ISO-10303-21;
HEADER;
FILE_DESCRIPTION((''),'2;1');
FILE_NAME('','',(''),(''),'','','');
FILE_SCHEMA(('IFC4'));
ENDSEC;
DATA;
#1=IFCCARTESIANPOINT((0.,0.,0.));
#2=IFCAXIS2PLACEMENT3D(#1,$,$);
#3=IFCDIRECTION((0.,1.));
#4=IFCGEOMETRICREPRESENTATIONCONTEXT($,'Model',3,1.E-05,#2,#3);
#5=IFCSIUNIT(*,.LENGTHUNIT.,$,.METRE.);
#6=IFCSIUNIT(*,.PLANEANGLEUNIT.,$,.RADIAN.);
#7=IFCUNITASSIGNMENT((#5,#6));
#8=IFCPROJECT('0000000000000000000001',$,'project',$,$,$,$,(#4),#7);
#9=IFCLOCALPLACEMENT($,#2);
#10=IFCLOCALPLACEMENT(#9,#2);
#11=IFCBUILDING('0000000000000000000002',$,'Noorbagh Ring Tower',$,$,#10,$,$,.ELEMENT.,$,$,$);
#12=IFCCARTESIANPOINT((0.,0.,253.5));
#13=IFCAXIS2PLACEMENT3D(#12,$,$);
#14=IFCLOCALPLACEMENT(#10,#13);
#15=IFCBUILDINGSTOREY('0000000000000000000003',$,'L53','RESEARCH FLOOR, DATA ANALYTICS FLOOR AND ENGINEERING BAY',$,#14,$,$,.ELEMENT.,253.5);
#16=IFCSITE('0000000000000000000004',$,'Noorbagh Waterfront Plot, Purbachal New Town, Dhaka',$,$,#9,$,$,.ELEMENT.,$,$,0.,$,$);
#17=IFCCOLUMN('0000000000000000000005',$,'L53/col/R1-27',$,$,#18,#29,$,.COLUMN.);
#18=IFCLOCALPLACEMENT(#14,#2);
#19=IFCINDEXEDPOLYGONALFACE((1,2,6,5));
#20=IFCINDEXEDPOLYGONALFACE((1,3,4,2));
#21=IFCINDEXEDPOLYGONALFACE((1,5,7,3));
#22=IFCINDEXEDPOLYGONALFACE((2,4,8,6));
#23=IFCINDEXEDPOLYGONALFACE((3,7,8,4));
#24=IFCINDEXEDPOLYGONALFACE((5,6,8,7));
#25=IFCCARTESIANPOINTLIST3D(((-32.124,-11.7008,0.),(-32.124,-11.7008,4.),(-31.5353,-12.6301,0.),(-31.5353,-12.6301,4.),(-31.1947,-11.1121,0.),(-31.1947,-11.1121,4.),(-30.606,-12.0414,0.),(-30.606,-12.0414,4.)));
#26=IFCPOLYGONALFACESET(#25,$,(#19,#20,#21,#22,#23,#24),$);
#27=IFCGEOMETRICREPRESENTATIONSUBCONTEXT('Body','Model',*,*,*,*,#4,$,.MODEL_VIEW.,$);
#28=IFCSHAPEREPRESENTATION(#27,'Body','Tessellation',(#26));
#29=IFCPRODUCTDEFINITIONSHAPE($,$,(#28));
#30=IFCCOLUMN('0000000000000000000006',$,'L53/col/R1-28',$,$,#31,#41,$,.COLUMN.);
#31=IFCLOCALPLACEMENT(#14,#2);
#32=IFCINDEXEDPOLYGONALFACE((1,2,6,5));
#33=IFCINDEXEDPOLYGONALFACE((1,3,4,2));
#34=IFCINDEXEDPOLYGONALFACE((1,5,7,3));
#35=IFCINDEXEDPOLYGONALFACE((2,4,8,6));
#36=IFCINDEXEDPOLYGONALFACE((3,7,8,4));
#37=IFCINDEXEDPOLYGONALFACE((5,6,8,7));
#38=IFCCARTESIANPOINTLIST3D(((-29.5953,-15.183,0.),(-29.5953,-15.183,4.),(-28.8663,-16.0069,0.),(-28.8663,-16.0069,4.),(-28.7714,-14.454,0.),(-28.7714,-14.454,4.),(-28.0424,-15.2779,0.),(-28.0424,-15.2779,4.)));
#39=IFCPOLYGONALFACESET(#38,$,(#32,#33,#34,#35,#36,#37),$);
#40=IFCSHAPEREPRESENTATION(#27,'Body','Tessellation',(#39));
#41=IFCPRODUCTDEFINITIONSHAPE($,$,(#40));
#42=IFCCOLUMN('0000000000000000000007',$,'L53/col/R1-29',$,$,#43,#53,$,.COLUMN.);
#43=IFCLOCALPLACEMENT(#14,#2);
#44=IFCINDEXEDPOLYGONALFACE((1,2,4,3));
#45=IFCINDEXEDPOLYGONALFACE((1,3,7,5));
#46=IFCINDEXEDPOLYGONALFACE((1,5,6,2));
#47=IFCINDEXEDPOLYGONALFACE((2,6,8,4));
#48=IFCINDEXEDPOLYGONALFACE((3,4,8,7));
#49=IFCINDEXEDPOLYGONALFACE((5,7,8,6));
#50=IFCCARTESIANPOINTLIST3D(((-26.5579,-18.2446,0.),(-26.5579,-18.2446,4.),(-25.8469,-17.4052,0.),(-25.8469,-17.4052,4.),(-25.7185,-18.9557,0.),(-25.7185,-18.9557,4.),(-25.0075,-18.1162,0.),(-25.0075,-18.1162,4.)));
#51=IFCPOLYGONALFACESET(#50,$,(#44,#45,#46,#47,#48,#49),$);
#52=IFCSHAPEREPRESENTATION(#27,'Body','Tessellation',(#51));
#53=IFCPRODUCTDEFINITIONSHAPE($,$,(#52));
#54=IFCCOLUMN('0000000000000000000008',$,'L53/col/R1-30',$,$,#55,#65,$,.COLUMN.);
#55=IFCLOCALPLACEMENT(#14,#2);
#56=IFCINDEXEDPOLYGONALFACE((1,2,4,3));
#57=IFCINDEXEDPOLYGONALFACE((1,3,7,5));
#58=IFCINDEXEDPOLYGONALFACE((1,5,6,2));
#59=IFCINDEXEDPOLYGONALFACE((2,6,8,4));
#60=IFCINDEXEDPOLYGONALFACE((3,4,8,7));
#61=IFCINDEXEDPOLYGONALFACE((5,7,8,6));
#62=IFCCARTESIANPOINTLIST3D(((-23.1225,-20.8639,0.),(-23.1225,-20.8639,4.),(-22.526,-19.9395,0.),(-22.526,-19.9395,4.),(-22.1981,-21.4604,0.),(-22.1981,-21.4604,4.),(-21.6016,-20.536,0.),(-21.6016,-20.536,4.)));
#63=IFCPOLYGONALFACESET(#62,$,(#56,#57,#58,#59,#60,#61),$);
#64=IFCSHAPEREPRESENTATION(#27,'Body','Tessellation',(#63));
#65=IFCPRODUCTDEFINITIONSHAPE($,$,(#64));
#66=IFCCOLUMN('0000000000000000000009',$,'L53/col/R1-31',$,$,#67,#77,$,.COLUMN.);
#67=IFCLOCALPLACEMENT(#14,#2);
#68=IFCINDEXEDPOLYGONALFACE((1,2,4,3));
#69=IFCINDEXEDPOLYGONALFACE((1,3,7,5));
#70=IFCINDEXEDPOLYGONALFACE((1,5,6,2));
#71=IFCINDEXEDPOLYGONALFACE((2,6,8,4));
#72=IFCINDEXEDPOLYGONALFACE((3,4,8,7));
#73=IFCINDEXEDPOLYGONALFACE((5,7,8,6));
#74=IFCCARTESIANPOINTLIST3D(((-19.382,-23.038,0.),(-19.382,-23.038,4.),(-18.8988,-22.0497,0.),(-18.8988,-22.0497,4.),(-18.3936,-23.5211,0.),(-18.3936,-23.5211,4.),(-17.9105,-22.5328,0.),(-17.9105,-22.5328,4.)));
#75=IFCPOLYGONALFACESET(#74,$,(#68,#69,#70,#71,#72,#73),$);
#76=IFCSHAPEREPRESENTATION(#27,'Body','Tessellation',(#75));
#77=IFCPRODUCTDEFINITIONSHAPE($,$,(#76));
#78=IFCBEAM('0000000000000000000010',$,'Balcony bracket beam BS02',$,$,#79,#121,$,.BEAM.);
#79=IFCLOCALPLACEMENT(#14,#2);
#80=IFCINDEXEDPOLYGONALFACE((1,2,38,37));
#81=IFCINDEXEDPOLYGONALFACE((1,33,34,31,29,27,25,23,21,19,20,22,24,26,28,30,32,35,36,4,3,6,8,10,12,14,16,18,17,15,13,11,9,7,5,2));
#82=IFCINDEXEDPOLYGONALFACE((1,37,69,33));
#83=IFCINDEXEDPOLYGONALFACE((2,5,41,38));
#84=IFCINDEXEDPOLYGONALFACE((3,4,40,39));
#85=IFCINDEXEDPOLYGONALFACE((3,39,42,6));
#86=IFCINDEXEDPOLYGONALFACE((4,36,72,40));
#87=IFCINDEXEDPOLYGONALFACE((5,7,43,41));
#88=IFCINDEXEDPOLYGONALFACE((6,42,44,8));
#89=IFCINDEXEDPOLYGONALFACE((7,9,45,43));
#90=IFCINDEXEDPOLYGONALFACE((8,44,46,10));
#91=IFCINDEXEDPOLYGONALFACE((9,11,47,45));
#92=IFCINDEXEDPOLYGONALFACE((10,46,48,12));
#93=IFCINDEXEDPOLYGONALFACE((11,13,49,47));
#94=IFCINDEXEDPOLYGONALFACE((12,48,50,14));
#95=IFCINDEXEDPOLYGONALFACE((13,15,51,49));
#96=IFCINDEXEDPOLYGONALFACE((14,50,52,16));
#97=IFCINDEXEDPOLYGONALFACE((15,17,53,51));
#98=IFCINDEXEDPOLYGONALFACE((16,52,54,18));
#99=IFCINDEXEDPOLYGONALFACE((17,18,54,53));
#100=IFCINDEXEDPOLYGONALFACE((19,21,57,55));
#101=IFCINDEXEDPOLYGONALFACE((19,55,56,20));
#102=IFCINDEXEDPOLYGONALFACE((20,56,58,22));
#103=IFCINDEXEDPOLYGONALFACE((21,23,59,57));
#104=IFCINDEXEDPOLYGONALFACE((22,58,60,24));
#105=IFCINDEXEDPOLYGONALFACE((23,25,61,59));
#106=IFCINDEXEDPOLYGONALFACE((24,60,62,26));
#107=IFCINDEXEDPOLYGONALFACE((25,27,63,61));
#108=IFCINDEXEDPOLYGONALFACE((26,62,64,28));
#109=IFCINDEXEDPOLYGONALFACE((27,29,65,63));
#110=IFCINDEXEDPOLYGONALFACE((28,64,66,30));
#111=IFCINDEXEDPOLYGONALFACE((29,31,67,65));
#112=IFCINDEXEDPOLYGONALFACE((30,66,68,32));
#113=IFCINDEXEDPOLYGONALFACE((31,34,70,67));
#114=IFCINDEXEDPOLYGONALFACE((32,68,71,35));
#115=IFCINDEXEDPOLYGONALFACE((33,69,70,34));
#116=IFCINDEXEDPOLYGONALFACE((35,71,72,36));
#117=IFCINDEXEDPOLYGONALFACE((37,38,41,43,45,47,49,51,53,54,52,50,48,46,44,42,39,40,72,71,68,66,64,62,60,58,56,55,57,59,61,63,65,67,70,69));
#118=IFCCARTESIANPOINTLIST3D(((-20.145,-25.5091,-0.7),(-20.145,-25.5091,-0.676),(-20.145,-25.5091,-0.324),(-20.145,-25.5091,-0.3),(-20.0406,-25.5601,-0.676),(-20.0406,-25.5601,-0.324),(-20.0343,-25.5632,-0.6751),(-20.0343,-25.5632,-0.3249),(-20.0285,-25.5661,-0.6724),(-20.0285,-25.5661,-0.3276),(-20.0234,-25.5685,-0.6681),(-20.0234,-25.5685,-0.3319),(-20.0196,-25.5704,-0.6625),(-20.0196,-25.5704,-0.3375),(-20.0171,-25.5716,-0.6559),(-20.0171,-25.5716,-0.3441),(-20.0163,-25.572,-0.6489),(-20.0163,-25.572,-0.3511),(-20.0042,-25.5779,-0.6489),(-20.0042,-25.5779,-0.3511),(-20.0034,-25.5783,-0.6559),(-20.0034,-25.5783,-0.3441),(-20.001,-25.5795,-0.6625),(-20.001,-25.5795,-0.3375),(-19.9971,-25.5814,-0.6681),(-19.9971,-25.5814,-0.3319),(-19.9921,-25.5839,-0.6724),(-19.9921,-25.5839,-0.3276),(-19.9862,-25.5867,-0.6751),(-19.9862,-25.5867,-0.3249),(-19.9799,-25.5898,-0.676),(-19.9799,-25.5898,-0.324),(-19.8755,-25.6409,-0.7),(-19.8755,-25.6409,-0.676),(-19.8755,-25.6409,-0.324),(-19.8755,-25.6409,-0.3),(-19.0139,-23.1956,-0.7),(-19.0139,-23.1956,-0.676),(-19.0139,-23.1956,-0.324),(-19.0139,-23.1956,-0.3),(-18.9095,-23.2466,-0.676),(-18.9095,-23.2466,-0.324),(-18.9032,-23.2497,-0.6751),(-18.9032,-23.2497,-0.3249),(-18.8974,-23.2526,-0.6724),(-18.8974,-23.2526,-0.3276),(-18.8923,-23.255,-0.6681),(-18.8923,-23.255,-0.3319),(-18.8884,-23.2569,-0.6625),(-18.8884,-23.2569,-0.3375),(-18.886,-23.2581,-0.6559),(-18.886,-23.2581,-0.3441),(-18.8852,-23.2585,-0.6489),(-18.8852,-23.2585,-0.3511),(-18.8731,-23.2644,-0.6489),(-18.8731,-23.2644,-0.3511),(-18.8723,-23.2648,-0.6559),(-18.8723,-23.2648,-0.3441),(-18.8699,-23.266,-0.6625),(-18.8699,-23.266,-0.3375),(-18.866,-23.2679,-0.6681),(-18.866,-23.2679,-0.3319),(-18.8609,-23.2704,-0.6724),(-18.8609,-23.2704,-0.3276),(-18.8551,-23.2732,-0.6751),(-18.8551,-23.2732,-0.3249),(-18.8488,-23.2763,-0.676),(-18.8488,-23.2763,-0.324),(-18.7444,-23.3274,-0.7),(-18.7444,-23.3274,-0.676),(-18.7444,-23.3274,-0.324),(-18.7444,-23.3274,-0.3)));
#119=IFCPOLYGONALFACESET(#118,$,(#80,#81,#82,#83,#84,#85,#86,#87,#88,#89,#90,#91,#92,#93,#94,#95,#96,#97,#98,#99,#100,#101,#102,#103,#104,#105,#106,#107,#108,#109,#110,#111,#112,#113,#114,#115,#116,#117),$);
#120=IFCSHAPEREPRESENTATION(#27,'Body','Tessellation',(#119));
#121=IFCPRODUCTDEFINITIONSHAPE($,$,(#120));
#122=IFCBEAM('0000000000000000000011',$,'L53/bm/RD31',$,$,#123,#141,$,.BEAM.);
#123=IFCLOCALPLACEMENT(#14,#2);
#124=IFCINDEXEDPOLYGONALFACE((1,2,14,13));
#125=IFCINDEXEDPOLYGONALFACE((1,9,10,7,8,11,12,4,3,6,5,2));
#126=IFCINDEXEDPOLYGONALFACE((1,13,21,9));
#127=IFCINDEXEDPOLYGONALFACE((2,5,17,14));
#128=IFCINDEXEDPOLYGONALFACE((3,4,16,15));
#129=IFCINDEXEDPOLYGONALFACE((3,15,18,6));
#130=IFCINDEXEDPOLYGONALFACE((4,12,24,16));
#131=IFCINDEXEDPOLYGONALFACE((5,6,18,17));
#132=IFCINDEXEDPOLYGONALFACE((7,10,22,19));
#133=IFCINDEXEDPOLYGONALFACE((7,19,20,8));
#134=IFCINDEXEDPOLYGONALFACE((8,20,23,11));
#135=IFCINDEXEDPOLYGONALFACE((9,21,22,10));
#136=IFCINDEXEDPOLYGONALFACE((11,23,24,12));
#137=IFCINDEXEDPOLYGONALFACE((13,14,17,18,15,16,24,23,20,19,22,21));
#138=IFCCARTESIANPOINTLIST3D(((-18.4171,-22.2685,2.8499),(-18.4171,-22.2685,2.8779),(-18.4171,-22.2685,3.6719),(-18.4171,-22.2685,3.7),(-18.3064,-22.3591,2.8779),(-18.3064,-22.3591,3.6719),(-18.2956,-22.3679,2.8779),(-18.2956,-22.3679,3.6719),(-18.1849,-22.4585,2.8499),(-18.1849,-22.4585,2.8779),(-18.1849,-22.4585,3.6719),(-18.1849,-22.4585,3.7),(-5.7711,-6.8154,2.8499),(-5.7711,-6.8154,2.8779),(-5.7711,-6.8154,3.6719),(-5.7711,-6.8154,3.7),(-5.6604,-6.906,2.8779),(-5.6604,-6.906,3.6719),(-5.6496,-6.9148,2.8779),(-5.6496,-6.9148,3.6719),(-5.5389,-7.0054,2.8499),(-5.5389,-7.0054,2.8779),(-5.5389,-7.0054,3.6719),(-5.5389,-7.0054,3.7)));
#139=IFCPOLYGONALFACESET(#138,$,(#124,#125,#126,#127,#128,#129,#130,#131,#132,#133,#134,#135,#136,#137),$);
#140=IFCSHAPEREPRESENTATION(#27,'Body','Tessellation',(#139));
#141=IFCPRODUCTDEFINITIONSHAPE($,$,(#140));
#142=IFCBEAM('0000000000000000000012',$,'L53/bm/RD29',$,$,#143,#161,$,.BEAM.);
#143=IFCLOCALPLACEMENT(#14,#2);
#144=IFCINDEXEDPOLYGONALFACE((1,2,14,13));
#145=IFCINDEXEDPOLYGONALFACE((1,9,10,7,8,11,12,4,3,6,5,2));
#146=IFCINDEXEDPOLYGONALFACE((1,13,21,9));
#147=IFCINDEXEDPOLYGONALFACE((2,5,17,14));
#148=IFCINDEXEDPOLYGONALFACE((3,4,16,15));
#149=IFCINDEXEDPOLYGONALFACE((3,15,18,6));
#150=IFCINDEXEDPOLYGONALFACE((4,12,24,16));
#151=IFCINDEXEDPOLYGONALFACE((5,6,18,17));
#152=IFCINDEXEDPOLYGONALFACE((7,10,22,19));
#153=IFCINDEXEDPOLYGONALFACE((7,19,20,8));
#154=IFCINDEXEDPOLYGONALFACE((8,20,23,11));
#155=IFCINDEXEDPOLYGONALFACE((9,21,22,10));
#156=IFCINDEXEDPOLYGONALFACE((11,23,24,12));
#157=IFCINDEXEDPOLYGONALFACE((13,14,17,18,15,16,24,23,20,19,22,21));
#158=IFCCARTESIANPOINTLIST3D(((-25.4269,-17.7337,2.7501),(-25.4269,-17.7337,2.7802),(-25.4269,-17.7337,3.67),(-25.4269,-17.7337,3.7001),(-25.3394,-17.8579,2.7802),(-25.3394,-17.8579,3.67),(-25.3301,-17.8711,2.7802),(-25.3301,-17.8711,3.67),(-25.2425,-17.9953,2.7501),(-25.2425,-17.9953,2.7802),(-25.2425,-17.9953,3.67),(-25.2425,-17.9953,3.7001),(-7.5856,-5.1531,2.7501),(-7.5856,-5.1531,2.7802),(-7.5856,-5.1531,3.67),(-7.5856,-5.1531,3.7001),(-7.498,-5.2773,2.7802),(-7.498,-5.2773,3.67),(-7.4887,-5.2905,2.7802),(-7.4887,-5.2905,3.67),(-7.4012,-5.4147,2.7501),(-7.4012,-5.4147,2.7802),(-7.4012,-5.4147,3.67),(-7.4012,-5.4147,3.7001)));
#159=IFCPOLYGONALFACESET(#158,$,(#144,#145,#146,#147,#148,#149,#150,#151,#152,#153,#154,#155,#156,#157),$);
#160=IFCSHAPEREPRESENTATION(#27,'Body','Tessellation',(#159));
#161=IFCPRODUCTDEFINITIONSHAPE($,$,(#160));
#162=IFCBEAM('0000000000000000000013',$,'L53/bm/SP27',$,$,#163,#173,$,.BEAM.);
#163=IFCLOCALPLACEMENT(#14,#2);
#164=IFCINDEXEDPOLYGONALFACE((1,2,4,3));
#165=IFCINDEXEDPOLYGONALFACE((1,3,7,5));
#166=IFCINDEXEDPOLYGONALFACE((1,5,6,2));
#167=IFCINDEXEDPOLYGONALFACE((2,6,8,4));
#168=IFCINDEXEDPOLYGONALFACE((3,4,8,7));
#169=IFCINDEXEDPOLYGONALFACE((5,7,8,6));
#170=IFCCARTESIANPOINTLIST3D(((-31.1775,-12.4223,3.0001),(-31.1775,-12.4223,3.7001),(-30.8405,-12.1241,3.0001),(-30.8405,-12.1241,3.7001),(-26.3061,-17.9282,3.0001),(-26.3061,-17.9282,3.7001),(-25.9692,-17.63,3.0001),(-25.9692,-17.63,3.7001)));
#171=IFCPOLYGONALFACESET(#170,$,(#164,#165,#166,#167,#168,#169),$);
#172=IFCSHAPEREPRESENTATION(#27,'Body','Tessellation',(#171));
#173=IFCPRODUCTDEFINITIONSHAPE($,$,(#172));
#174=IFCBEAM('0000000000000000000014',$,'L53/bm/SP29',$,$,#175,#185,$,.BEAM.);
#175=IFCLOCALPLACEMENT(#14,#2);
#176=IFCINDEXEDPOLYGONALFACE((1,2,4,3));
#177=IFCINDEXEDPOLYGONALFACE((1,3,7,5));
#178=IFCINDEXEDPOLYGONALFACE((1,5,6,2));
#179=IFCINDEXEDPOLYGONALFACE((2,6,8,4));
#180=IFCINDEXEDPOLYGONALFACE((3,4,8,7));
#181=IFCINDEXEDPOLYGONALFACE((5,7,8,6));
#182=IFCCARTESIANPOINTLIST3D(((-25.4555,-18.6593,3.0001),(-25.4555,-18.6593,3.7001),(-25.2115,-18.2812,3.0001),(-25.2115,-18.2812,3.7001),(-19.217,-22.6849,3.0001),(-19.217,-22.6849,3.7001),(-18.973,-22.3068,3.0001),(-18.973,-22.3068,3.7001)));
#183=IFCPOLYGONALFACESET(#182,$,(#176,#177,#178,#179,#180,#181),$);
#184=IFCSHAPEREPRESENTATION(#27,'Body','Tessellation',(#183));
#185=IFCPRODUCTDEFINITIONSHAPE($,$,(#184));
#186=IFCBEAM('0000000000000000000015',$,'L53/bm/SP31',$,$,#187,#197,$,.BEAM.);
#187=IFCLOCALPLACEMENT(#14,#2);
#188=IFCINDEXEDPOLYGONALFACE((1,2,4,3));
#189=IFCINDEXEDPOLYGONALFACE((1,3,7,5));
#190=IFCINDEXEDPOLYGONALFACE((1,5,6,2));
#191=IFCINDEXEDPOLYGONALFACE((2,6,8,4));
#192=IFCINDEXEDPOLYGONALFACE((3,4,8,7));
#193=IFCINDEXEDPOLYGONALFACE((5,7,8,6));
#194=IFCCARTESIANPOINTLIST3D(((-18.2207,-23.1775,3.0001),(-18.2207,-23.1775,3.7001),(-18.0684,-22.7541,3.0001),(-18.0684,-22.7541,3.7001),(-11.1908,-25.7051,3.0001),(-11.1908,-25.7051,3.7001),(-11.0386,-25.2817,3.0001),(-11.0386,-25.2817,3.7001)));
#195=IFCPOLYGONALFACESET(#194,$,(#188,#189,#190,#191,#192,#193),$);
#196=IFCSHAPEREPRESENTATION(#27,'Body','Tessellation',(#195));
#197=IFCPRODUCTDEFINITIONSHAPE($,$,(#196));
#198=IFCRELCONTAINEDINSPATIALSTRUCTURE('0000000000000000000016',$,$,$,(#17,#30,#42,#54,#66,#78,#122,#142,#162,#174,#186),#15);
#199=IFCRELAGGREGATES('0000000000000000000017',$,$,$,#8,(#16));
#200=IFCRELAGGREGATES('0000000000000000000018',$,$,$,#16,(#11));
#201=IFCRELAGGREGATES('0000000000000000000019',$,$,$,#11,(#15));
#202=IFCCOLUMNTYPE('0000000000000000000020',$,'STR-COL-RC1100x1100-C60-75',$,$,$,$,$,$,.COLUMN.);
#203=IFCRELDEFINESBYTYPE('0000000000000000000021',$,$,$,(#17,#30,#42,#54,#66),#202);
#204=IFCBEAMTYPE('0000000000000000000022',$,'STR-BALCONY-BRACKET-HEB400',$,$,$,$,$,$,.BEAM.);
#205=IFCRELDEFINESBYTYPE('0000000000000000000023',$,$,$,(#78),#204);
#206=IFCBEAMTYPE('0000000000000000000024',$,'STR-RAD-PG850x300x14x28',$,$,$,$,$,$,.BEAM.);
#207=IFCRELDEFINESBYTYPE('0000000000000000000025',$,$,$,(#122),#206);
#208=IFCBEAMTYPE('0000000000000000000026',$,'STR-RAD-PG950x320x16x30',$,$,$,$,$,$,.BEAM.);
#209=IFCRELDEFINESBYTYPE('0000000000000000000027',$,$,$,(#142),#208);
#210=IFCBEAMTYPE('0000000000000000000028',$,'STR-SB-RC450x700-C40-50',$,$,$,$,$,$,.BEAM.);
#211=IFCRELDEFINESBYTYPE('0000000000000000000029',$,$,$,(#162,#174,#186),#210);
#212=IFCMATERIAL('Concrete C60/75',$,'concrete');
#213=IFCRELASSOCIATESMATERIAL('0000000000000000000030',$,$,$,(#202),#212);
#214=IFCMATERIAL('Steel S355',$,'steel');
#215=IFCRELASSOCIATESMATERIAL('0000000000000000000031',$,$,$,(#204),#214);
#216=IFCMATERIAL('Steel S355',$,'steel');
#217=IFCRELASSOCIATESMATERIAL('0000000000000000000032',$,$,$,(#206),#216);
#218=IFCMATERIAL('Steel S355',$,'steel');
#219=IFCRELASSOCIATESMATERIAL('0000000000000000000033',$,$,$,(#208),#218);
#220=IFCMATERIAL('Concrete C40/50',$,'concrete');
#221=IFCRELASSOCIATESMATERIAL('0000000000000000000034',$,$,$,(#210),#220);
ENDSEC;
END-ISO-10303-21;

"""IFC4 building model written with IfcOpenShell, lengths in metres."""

from ifc_helpers import new_model, si_unit, direction, frame, origin, origin_2d, place, context, subcontext, project, spatial, rectangle, i_section, extrude, material, material_profile, profile_set, type_object, element, save


model = new_model("IFC4")

# Units and contexts
model_context = context("Model", 3, precision=1e-05, world=origin(), true_north=direction((0.0, 1.0)))
body_context = subcontext(model_context, "Body", "Model", "MODEL_VIEW")
ifc_project = project(units=[si_unit("LENGTHUNIT", "METRE"), si_unit("PLANEANGLEUNIT", "RADIAN")], contexts=[model_context])

# Site, building, storey
site_placement = place(None, origin())
site = spatial("IfcSite", under=ifc_project, at=site_placement, Name="Noorbagh Waterfront Plot, Purbachal New Town, Dhaka", CompositionType="ELEMENT", RefElevation=0.0)
building_placement = place(site_placement, origin())
building = spatial("IfcBuilding", under=site, at=building_placement, Name="Noorbagh Ring Tower", CompositionType="ELEMENT")
storey_placement = place(building_placement, frame((0.0, 0.0, 253.5)))
storey = spatial("IfcBuildingStorey", under=building, at=storey_placement, Name="L53", Description="RESEARCH FLOOR, DATA ANALYTICS FLOOR AND ENGINEERING BAY", CompositionType="ELEMENT", Elevation=253.5)

# Columns
ifc_material_1 = material(Name="Concrete C60/75", Category="concrete")
ifc_material_profile_1 = material_profile(ifc_material_1, rectangle(XDim=1.1001, YDim=1.1001, at=origin_2d()), Name="RC1100x1100")
ifc_profile_set_1 = profile_set([ifc_material_profile_1], Name="Concrete C60/75")
column_type = type_object("IfcColumnType", Name="STR-COL-RC1100x1100-C60-75", PredefinedType="COLUMN", material=ifc_profile_set_1)
for number, where, z_axis, x_axis, name in (
    (1, (-31.365, -11.8711, 0.0), (0.0, 0.0, 1.0), (0.53519, -0.844731, 0.0), "L53/col/R1-27"),
    (2, (-28.8188, -15.2305, 0.0), (0.0, 0.0, 1.0), (0.662636, -0.748942, 0.0), "L53/col/R1-28"),
    (3, (-25.7827, -18.1804, 0.0), (0.0, 0.0, 1.0), (0.763035, -0.646357, 0.0), "L53/col/R1-29"),
    (4, (-22.3621, -20.7, 0.0), (0.0, 0.0, 1.0), (0.840248, -0.542203, 0.0), "L53/col/R1-30"),
    (5, (-18.6462, -22.7854, 0.0), (0.0, 0.0, 1.0), (0.898399, -0.43918, 0.0), "L53/col/R1-31"),
):
    element("IfcColumn", number, at=place(storey_placement, frame(where, z_axis=z_axis, x_axis=x_axis)), inside=storey, type_object=column_type, Name=name, PredefinedType="COLUMN", context=body_context, shape_type="SweptSolid", body=[
        extrude(rectangle(XDim=1.1001, YDim=1.1001, at=origin_2d()), origin(), (0.0, 0.0, 1.0), 4.0),
    ])

# Beams
ifc_material_2 = material(Name="Steel S355", Category="steel")
ifc_material_profile_2 = material_profile(ifc_material_2, i_section(OverallWidth=0.3, OverallDepth=0.3999, WebThickness=0.0134, FlangeThickness=0.0239, FilletRadius=0.0271, at=origin_2d()), Name="HEB400")
ifc_profile_set_2 = profile_set([ifc_material_profile_2], Name="Steel S355")
beam_type_1 = type_object("IfcBeamType", Name="STR-BALCONY-BRACKET-HEB400", PredefinedType="BEAM", material=ifc_profile_set_2)
beam_1_placement = place(storey_placement, frame((-18.8792, -23.2615, -0.5), z_axis=(-0.439232, -0.898374, 0.0), x_axis=(0.898374, -0.439232, 0.0)))
element("IfcBeam", 6, at=beam_1_placement, inside=storey, type_object=beam_type_1, Name="Balcony bracket beam BS02", PredefinedType="BEAM", context=body_context, shape_type="SweptSolid", body=[
    extrude(i_section(OverallWidth=0.3, OverallDepth=0.3999, WebThickness=0.0134, FlangeThickness=0.0239, FilletRadius=0.0271, at=origin_2d()), origin(), (0.0, 0.0, 1.0), 2.5752),
])
ifc_material_3 = material(Name="Steel S355", Category="steel")
ifc_material_profile_3 = material_profile(ifc_material_3, i_section(OverallWidth=0.3, OverallDepth=0.8501, WebThickness=0.0139, FlangeThickness=0.0281, at=origin_2d()), Name="PG850x300x14x28")
ifc_profile_set_3 = profile_set([ifc_material_profile_3], Name="Steel S355")
beam_type_2 = type_object("IfcBeamType", Name="STR-RAD-PG850x300x14x28", PredefinedType="BEAM", material=ifc_profile_set_3)
beam_2_placement = place(storey_placement, frame((-18.301, -22.3635, 3.2749), z_axis=(0.633314, 0.773895, 0.0), x_axis=(-0.773895, 0.633314, 0.0)))
element("IfcBeam", 7, at=beam_2_placement, inside=storey, type_object=beam_type_2, Name="L53/bm/RD31", PredefinedType="BEAM", context=body_context, shape_type="SweptSolid", body=[
    extrude(i_section(OverallWidth=0.3, OverallDepth=0.8501, WebThickness=0.0139, FlangeThickness=0.0281, at=origin_2d()), origin(), (0.0, 0.0, 1.0), 19.968),
])
ifc_material_4 = material(Name="Steel S355", Category="steel")
ifc_material_profile_4 = material_profile(ifc_material_4, i_section(OverallWidth=0.3201, OverallDepth=0.95, WebThickness=0.0161, FlangeThickness=0.03, at=origin_2d()), Name="PG950x320x16x30")
ifc_profile_set_4 = profile_set([ifc_material_profile_4], Name="Steel S355")
beam_type_3 = type_object("IfcBeamType", Name="STR-RAD-PG950x320x16x30", PredefinedType="BEAM", material=ifc_profile_set_4)
beam_3_placement = place(storey_placement, frame((-25.3347, -17.8645, 3.2251), z_axis=(0.817255, 0.576277, 0.0), x_axis=(-0.576277, 0.817255, 0.0)))
element("IfcBeam", 8, at=beam_3_placement, inside=storey, type_object=beam_type_3, Name="L53/bm/RD29", PredefinedType="BEAM", context=body_context, shape_type="SweptSolid", body=[
    extrude(i_section(OverallWidth=0.3201, OverallDepth=0.95, WebThickness=0.0161, FlangeThickness=0.03, at=origin_2d()), origin(), (0.0, 0.0, 1.0), 21.8308),
])
ifc_material_5 = material(Name="Concrete C40/50", Category="concrete")
ifc_material_profile_5 = material_profile(ifc_material_5, rectangle(XDim=0.45, YDim=0.7, at=origin_2d()), Name="RC450x700")
ifc_profile_set_5 = profile_set([ifc_material_profile_5], Name="Concrete C40/50")
beam_type_4 = type_object("IfcBeamType", Name="STR-SB-RC450x700-C40-50", PredefinedType="BEAM", material=ifc_profile_set_5)
beam_4_placement = place(storey_placement, frame((-31.009, -12.2732, 3.3501), z_axis=(0.662633, -0.748945, 0.0), x_axis=(0.748945, 0.662633, 0.0)))
element("IfcBeam", 9, at=beam_4_placement, inside=storey, type_object=beam_type_4, Name="L53/bm/SP27", PredefinedType="BEAM", context=body_context, shape_type="SweptSolid", body=[
    extrude(rectangle(XDim=0.45, YDim=0.7, at=origin_2d()), origin(), (0.0, 0.0, 1.0), 7.3516),
])
beam_5_placement = place(storey_placement, frame((-25.3335, -18.4702, 3.3501), z_axis=(0.840249, -0.542201, 0.0), x_axis=(0.542201, 0.840249, 0.0)))
element("IfcBeam", 10, at=beam_5_placement, inside=storey, type_object=beam_type_4, Name="L53/bm/SP29", PredefinedType="BEAM", context=body_context, shape_type="SweptSolid", body=[
    extrude(rectangle(XDim=0.45, YDim=0.7, at=origin_2d()), origin(), (0.0, 0.0, 1.0), 7.4246),
])
beam_6_placement = place(storey_placement, frame((-18.1445, -22.9658, 3.3501), z_axis=(0.941021, -0.338348, 0.0), x_axis=(0.338348, 0.941021, 0.0)))
element("IfcBeam", 11, at=beam_6_placement, inside=storey, type_object=beam_type_4, Name="L53/bm/SP31", PredefinedType="BEAM", context=body_context, shape_type="SweptSolid", body=[
    extrude(rectangle(XDim=0.45, YDim=0.7, at=origin_2d()), origin(), (0.0, 0.0, 1.0), 7.4705),
])

save(model, "model.ifc")
